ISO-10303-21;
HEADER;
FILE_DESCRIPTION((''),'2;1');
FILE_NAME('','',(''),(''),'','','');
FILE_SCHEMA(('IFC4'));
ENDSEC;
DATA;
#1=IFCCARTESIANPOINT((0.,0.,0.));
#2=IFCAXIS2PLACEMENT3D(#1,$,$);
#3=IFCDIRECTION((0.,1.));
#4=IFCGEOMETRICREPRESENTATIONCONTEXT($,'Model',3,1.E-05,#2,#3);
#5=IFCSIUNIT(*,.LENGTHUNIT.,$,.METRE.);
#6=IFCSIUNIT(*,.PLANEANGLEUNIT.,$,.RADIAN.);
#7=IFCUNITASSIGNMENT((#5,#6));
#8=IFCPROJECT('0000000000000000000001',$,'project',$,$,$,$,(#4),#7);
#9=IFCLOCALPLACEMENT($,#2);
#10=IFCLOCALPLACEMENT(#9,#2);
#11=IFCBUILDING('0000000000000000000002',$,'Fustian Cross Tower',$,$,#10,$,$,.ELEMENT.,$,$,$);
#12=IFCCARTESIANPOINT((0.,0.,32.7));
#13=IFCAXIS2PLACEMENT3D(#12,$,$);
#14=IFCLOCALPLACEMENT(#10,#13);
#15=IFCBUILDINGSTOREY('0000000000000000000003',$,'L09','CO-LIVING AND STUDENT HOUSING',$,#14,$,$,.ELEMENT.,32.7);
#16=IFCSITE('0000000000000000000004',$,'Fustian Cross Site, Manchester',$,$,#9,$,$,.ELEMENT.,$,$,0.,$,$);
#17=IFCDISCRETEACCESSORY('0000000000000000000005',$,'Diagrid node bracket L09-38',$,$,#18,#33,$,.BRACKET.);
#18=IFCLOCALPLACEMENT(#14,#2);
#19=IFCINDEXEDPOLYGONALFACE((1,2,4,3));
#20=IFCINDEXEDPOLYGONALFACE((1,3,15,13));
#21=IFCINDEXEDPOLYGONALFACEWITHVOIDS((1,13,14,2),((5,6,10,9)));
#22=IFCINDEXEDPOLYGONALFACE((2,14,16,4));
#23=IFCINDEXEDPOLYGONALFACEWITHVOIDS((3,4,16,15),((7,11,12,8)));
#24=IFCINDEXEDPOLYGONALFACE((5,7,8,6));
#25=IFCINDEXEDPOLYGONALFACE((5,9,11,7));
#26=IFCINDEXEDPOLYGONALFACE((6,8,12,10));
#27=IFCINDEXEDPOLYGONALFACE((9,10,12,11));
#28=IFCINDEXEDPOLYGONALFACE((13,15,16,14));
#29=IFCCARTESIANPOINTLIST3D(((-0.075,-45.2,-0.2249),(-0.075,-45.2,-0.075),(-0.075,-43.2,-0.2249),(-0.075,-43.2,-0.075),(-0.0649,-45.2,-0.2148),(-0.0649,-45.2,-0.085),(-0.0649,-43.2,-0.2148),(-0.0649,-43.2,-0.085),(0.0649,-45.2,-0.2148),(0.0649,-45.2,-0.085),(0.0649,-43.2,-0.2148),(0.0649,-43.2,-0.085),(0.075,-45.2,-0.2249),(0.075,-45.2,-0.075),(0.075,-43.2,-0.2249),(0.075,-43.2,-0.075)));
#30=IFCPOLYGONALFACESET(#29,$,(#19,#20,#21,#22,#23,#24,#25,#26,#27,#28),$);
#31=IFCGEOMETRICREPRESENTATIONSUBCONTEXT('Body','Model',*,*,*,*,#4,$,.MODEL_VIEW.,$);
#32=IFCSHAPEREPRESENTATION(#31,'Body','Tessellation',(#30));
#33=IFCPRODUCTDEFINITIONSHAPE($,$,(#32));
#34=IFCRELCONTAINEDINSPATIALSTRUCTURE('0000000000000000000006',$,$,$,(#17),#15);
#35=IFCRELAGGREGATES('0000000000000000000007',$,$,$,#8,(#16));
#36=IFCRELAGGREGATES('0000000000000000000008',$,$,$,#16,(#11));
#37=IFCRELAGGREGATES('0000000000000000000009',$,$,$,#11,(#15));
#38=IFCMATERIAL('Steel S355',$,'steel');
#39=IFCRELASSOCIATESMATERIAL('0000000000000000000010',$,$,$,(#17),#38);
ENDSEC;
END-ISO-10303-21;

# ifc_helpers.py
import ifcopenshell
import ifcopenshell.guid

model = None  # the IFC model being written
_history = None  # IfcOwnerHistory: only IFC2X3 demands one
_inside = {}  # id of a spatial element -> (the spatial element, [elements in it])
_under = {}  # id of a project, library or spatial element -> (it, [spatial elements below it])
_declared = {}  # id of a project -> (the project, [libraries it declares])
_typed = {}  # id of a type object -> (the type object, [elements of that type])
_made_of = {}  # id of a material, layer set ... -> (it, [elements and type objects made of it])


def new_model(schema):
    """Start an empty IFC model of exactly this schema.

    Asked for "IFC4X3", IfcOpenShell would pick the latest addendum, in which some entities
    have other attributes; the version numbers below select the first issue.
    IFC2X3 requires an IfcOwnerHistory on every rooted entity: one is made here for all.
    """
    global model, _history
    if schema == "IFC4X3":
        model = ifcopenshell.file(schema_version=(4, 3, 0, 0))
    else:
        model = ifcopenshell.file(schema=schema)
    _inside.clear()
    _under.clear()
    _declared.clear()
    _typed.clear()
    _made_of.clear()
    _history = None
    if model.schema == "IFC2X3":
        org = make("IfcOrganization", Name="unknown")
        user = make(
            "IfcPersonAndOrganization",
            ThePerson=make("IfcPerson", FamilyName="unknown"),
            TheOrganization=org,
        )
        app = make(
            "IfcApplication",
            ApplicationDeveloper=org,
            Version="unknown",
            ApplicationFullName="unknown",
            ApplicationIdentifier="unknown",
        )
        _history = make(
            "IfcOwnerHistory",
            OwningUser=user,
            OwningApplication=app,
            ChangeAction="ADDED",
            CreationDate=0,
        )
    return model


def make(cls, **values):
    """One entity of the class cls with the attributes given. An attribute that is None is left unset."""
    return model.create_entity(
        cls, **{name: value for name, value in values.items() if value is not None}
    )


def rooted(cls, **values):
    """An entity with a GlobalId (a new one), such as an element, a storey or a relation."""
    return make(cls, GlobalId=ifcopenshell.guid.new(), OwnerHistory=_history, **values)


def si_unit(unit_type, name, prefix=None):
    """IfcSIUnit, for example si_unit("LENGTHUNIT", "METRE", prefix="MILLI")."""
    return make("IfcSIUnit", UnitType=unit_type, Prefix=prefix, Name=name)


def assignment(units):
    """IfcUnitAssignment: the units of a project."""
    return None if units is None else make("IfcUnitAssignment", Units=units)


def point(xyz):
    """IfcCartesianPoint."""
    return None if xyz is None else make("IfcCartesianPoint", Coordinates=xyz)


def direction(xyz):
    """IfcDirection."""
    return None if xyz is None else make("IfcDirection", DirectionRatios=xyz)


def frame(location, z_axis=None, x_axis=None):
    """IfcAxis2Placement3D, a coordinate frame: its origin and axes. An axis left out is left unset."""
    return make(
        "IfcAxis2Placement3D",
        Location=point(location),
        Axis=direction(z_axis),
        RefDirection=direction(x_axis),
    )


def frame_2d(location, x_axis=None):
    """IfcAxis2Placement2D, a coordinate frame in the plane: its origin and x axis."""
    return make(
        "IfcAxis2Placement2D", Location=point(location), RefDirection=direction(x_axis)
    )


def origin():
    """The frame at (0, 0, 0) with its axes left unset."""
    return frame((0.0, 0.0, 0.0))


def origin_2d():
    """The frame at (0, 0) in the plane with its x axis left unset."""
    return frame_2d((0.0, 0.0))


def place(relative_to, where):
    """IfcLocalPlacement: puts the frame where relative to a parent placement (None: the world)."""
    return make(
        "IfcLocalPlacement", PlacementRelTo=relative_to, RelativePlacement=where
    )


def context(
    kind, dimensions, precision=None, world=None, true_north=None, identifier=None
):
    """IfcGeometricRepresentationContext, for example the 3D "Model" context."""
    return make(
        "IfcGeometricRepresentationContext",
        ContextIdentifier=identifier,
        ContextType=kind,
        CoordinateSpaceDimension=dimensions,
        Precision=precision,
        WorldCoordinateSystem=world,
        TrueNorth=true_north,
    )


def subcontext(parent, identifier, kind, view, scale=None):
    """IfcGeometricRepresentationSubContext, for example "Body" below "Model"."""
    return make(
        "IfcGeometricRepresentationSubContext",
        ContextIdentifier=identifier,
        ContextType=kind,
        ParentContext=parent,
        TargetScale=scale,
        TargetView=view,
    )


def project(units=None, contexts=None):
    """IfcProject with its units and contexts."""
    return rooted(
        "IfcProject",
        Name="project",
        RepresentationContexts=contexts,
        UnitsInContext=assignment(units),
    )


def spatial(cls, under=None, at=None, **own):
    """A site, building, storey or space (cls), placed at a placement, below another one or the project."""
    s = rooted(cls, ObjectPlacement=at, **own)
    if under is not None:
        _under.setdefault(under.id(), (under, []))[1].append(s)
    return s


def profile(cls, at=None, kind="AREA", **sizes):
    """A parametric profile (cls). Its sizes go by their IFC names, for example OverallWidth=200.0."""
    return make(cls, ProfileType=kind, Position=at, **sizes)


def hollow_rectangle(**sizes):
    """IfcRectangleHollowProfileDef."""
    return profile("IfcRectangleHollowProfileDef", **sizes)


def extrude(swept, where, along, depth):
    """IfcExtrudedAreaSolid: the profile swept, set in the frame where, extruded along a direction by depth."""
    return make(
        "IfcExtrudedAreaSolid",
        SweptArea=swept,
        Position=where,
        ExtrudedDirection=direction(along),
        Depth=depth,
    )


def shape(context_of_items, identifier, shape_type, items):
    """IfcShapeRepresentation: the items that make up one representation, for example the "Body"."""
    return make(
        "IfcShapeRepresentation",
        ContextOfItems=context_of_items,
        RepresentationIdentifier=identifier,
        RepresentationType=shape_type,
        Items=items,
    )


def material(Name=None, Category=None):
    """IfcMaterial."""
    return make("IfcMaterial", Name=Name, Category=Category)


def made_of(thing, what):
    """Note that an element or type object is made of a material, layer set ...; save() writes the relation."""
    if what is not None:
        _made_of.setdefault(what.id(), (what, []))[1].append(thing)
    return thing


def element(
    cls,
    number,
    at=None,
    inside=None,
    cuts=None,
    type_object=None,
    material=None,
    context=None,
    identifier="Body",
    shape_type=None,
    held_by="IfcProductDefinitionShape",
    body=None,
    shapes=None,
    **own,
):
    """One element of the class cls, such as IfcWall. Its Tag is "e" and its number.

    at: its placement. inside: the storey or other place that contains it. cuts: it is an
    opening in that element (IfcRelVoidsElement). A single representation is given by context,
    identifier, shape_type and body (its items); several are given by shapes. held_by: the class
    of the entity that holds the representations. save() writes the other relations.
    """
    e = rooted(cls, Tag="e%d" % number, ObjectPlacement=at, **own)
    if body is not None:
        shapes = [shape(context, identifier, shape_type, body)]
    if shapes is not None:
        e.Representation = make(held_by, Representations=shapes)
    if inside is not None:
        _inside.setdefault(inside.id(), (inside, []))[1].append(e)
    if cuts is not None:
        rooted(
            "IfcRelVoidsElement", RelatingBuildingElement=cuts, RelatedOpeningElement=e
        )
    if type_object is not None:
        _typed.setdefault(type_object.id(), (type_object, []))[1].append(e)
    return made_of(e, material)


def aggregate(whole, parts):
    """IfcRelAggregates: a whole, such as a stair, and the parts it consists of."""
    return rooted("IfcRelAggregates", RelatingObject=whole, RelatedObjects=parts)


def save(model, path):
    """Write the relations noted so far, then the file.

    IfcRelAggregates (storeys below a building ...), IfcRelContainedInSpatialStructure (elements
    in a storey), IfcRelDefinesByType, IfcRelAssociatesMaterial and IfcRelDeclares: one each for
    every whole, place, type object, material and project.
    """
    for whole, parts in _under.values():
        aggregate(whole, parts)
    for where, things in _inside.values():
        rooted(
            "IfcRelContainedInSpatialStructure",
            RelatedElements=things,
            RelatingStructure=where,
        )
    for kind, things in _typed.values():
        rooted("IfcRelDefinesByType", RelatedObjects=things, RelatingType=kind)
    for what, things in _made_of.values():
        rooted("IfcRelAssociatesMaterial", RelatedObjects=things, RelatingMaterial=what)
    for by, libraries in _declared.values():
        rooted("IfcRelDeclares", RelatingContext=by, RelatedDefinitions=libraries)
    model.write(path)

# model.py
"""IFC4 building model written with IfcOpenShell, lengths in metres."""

from ifc_helpers import new_model, si_unit, direction, frame, origin, origin_2d, place, context, subcontext, project, spatial, hollow_rectangle, extrude, material, element, save


model = new_model("IFC4")

# Units and contexts
model_context = context("Model", 3, precision=1e-05, world=origin(), true_north=direction((0.0, 1.0)))
body_context = subcontext(model_context, "Body", "Model", "MODEL_VIEW")
ifc_project = project(units=[si_unit("LENGTHUNIT", "METRE"), si_unit("PLANEANGLEUNIT", "RADIAN")], contexts=[model_context])

# Site, building, storey
site_placement = place(None, origin())
site = spatial("IfcSite", under=ifc_project, at=site_placement, Name="Fustian Cross Site, Manchester", CompositionType="ELEMENT", RefElevation=0.0)
building_placement = place(site_placement, origin())
building = spatial("IfcBuilding", under=site, at=building_placement, Name="Fustian Cross Tower", CompositionType="ELEMENT")
storey_placement = place(building_placement, frame((0.0, 0.0, 32.7)))
storey = spatial("IfcBuildingStorey", under=building, at=storey_placement, Name="L09", Description="CO-LIVING AND STUDENT HOUSING", CompositionType="ELEMENT", Elevation=32.7)

# Discrete accessory
ifc_material_1 = material(Name="Steel S355", Category="steel")
discrete_accessory_placement = place(storey_placement, frame((0.0, -45.2, -0.1499), z_axis=(0.0, 1.0, 0.0), x_axis=(-1.0, 0.0, 0.0)))
element("IfcDiscreteAccessory", 1, at=discrete_accessory_placement, inside=storey, material=ifc_material_1, Name="Diagrid node bracket L09-38", PredefinedType="BRACKET", context=body_context, shape_type="SweptSolid", body=[
    extrude(hollow_rectangle(XDim=0.1499, YDim=0.1499, WallThickness=0.01, at=origin_2d()), origin(), (0.0, 0.0, 1.0), 2.0),
])

save(model, "model.ifc")
